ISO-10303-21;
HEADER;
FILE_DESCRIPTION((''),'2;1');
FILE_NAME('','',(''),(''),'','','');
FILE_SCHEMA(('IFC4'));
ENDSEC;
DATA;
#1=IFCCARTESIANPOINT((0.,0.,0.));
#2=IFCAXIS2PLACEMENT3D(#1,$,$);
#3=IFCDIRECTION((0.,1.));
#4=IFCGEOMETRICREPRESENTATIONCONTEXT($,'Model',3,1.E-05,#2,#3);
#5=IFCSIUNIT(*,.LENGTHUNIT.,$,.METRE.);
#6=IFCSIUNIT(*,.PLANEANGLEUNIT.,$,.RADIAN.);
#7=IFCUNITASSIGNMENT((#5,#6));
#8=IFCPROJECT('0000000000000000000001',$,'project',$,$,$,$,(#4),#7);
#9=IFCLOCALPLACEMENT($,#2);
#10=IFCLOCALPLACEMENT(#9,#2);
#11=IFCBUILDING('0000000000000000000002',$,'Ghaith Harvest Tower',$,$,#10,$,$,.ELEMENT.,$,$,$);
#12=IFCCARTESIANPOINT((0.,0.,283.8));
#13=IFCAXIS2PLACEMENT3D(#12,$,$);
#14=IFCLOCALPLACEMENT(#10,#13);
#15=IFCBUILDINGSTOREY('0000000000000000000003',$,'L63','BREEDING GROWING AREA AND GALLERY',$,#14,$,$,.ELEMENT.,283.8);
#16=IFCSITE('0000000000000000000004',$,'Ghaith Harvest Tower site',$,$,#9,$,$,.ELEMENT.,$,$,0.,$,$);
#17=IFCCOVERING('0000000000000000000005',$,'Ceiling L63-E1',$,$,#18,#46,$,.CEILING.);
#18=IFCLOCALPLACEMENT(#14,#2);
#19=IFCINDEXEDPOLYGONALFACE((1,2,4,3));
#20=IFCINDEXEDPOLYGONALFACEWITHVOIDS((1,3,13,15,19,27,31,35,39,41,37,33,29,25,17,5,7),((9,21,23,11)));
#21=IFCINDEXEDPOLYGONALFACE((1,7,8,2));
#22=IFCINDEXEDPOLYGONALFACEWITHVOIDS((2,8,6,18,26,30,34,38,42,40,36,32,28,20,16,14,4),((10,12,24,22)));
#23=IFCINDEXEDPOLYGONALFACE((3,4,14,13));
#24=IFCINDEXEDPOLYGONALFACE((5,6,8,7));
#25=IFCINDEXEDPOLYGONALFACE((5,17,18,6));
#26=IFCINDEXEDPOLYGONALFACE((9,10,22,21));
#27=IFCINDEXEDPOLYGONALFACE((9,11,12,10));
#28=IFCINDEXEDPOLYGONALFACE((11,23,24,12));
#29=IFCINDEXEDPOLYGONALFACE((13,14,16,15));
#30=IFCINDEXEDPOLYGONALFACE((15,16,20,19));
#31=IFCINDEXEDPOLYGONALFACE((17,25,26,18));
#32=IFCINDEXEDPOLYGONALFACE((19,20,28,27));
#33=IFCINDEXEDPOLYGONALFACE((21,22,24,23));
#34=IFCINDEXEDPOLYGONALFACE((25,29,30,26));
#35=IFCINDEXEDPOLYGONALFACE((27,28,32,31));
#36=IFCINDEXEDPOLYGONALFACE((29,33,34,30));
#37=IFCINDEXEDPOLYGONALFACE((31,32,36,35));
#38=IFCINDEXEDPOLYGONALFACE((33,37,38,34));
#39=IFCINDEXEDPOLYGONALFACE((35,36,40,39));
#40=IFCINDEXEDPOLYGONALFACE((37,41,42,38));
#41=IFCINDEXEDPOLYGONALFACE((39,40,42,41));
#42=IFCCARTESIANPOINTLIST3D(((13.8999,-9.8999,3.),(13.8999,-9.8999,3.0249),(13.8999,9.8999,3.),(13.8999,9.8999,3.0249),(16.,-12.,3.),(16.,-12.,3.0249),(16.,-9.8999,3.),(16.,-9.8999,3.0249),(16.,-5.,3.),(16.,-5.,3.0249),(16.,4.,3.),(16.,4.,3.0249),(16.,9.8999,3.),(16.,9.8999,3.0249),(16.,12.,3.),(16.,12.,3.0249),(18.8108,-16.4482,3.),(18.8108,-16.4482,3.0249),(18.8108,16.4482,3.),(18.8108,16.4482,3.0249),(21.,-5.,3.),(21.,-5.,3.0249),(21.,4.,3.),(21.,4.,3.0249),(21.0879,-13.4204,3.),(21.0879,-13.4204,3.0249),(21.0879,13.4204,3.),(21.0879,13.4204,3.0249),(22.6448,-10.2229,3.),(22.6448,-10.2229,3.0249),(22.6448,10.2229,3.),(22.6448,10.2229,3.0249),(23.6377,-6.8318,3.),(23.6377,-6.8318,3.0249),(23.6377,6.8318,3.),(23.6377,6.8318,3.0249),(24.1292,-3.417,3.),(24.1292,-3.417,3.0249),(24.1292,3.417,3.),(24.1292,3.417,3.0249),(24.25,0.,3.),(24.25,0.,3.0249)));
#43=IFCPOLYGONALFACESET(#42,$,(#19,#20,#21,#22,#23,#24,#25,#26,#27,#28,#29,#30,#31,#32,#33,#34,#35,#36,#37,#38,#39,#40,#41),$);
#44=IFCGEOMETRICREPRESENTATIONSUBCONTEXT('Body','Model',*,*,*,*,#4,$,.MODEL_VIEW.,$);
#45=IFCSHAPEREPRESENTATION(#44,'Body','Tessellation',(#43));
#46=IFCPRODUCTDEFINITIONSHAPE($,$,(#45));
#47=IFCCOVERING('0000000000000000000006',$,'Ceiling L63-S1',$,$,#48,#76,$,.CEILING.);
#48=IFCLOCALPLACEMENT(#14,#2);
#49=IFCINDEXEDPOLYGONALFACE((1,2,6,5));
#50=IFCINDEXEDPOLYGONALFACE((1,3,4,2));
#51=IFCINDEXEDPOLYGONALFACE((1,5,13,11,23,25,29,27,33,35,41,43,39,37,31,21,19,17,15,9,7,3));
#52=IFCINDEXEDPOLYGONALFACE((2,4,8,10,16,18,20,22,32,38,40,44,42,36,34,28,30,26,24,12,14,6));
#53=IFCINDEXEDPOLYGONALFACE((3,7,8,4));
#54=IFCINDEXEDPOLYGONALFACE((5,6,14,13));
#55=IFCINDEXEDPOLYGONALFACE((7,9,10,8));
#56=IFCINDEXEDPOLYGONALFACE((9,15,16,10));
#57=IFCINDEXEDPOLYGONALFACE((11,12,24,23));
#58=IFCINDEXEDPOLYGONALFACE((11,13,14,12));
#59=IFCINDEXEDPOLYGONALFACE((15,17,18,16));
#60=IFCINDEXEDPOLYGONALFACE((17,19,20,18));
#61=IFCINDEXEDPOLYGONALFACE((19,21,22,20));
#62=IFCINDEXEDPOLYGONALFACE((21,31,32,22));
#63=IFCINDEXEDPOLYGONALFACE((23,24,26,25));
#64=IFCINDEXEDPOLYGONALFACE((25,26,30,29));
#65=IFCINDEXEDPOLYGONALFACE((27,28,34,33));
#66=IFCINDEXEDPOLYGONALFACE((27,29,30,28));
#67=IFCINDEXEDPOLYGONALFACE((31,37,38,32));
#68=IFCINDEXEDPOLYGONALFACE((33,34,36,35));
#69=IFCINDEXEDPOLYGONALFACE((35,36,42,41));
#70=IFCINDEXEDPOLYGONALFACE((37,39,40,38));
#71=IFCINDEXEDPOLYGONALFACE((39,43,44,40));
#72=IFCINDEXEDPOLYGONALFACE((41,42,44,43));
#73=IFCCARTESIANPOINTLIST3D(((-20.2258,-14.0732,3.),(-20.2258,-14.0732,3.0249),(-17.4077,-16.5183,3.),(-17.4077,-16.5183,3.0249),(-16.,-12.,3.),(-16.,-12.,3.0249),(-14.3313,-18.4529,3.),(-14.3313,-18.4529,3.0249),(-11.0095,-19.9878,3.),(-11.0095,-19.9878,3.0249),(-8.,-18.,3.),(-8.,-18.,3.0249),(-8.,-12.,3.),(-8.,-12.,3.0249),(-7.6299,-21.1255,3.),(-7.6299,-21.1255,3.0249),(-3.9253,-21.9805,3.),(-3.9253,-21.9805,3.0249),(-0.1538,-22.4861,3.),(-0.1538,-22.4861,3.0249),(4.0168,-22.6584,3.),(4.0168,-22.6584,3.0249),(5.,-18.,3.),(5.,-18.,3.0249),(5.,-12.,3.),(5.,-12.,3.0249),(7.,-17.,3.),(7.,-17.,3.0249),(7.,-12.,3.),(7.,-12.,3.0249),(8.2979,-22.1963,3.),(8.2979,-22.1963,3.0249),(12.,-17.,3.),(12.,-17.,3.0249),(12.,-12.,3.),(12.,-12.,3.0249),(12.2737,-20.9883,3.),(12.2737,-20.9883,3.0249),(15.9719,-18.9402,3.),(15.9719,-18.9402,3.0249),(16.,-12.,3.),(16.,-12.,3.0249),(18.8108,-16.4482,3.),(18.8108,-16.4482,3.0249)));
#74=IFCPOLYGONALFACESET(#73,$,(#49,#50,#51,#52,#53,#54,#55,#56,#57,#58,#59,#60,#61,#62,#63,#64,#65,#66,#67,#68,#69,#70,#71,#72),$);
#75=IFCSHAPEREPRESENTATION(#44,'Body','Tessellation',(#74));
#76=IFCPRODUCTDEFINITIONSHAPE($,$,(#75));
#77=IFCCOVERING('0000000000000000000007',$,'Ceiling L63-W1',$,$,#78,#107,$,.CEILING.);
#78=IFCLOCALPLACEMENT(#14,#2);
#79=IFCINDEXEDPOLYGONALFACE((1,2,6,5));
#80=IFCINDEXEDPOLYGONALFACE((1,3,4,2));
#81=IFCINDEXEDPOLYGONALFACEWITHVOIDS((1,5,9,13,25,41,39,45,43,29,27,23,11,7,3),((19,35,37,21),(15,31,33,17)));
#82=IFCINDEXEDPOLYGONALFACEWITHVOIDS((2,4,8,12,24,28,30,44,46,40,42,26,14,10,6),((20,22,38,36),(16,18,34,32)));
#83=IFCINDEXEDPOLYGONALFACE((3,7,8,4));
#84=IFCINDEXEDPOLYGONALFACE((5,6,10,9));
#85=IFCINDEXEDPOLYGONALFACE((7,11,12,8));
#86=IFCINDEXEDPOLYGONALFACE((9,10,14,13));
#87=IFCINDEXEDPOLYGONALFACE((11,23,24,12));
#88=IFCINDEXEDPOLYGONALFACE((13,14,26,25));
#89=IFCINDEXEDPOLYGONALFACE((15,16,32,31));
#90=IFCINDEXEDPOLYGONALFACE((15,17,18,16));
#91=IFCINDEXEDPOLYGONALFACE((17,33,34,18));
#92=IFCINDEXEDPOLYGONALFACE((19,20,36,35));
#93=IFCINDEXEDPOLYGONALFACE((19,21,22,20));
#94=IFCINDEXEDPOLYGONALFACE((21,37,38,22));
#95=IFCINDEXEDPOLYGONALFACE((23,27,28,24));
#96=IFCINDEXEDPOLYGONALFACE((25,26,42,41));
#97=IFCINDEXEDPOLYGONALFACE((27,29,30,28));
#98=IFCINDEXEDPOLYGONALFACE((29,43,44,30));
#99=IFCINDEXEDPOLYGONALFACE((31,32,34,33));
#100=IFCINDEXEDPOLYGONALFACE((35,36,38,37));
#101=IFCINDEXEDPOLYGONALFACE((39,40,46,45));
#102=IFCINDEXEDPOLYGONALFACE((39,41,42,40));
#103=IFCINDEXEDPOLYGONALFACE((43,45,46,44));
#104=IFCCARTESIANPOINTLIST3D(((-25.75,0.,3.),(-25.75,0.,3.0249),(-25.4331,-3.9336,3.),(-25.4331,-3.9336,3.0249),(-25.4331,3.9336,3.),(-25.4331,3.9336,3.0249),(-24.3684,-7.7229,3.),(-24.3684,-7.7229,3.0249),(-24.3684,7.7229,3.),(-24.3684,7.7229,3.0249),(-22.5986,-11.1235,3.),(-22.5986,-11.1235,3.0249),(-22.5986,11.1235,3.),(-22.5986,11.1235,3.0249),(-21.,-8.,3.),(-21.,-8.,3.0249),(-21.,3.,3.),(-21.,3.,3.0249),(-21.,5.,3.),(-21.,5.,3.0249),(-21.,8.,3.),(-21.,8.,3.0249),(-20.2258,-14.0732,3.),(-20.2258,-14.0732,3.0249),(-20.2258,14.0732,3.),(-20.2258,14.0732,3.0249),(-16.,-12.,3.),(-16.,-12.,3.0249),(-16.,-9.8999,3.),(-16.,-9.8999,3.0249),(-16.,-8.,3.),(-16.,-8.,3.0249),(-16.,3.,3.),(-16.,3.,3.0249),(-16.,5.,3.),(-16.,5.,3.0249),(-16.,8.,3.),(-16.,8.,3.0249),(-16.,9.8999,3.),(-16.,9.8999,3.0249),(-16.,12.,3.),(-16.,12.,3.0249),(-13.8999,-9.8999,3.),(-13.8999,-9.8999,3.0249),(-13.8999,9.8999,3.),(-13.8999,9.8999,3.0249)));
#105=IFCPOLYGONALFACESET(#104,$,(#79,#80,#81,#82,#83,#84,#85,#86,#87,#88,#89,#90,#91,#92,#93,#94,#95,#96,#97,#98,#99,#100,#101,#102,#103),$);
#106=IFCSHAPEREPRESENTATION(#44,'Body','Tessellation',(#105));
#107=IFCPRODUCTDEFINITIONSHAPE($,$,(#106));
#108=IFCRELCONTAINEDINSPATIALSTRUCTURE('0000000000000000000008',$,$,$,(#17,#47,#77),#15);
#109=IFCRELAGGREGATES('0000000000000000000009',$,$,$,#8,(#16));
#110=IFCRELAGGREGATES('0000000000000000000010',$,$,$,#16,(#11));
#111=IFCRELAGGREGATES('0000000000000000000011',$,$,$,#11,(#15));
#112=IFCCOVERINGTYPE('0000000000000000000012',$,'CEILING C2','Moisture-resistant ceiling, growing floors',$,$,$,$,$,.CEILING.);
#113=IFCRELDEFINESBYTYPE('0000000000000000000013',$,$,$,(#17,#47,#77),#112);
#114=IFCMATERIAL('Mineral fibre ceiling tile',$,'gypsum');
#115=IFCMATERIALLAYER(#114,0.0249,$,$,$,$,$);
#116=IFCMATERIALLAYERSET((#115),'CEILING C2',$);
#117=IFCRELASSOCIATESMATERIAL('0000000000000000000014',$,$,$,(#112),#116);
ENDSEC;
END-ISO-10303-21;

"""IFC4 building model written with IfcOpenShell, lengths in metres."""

from ifc_helpers import new_model, si_unit, direction, frame, origin, place, context, subcontext, project, spatial, polyline, outline, extrude, material, layer, layer_set, type_object, element, save


model = new_model("IFC4")

# Units and contexts
model_context = context("Model", 3, precision=1e-05, world=origin(), true_north=direction((0.0, 1.0)))
body_context = subcontext(model_context, "Body", "Model", "MODEL_VIEW")
ifc_project = project(units=[si_unit("LENGTHUNIT", "METRE"), si_unit("PLANEANGLEUNIT", "RADIAN")], contexts=[model_context])

# Site, building, storey
site_placement = place(None, origin())
site = spatial("IfcSite", under=ifc_project, at=site_placement, Name="Ghaith Harvest Tower site", CompositionType="ELEMENT", RefElevation=0.0)
building_placement = place(site_placement, origin())
building = spatial("IfcBuilding", under=site, at=building_placement, Name="Ghaith Harvest Tower", CompositionType="ELEMENT")
storey_placement = place(building_placement, frame((0.0, 0.0, 283.8)))
storey = spatial("IfcBuildingStorey", under=building, at=storey_placement, Name="L63", Description="BREEDING GROWING AREA AND GALLERY", CompositionType="ELEMENT", Elevation=283.8)

# Coverings
ifc_material_1 = material(Name="Mineral fibre ceiling tile", Category="gypsum")
ifc_layer_1 = layer(ifc_material_1, 0.0249)
ifc_layer_set_1 = layer_set([ifc_layer_1], Name="CEILING C2")
covering_type = type_object("IfcCoveringType", Name="CEILING C2", Description="Moisture-resistant ceiling, growing floors", PredefinedType="CEILING", material=ifc_layer_set_1)
covering_1_placement = place(storey_placement, frame((0.0, 0.0, 3.0)))
element("IfcCovering", 1, at=covering_1_placement, inside=storey, type_object=covering_type, Name="Ceiling L63-E1", PredefinedType="CEILING", context=body_context, shape_type="SweptSolid", body=[
    extrude(outline(polyline([(21.0879, 13.4204), (22.6448, 10.2229), (23.6377, 6.8318), (24.1292, 3.417), (24.25, 0.0), (24.1292, -3.417), (23.6377, -6.8318), (22.6448, -10.2229), (21.0879, -13.4204), (18.8108, -16.4482), (16.0, -12.0), (16.0, -9.8999), (13.8999, -9.8999), (13.8999, 9.8999), (16.0, 9.8999), (16.0, 12.0), (18.8108, 16.4482), (21.0879, 13.4204)]), holes=[polyline([(16.0, -5.0), (21.0, -5.0), (21.0, 4.0), (16.0, 4.0), (16.0, -5.0)])]), origin(), (0.0, 0.0, 1.0), 0.0249),
])
covering_2_placement = place(storey_placement, frame((0.0, 0.0, 3.0)))
element("IfcCovering", 2, at=covering_2_placement, inside=storey, type_object=covering_type, Name="Ceiling L63-S1", PredefinedType="CEILING", context=body_context, shape_type="SweptSolid", body=[
    extrude(outline(polyline([(-14.3313, -18.4529), (-17.4077, -16.5183), (-20.2258, -14.0732), (-16.0, -12.0), (-8.0, -12.0), (-8.0, -18.0), (5.0, -18.0), (5.0, -12.0), (7.0, -12.0), (7.0, -17.0), (12.0, -17.0), (12.0, -12.0), (16.0, -12.0), (18.8108, -16.4482), (15.9719, -18.9402), (12.2737, -20.9883), (8.2979, -22.1963), (4.0168, -22.6584), (-0.1538, -22.4861), (-3.9253, -21.9805), (-7.6299, -21.1255), (-11.0095, -19.9878), (-14.3313, -18.4529)])), origin(), (0.0, 0.0, 1.0), 0.0249),
])
covering_3_placement = place(storey_placement, frame((0.0, 0.0, 3.0)))
element("IfcCovering", 3, at=covering_3_placement, inside=storey, type_object=covering_type, Name="Ceiling L63-W1", PredefinedType="CEILING", context=body_context, shape_type="SweptSolid", body=[
    extrude(outline(polyline([(-22.5986, -11.1235), (-24.3684, -7.7229), (-25.4331, -3.9336), (-25.75, 0.0), (-25.4331, 3.9336), (-24.3684, 7.7229), (-22.5986, 11.1235), (-20.2258, 14.0732), (-16.0, 12.0), (-16.0, 9.8999), (-13.8999, 9.8999), (-13.8999, -9.8999), (-16.0, -9.8999), (-16.0, -12.0), (-20.2258, -14.0732), (-22.5986, -11.1235)]), holes=[polyline([(-21.0, 3.0), (-21.0, -8.0), (-16.0, -8.0), (-16.0, 3.0), (-21.0, 3.0)]), polyline([(-21.0, 8.0), (-21.0, 5.0), (-16.0, 5.0), (-16.0, 8.0), (-21.0, 8.0)])]), origin(), (0.0, 0.0, 1.0), 0.0249),
])

save(model, "model.ifc")
